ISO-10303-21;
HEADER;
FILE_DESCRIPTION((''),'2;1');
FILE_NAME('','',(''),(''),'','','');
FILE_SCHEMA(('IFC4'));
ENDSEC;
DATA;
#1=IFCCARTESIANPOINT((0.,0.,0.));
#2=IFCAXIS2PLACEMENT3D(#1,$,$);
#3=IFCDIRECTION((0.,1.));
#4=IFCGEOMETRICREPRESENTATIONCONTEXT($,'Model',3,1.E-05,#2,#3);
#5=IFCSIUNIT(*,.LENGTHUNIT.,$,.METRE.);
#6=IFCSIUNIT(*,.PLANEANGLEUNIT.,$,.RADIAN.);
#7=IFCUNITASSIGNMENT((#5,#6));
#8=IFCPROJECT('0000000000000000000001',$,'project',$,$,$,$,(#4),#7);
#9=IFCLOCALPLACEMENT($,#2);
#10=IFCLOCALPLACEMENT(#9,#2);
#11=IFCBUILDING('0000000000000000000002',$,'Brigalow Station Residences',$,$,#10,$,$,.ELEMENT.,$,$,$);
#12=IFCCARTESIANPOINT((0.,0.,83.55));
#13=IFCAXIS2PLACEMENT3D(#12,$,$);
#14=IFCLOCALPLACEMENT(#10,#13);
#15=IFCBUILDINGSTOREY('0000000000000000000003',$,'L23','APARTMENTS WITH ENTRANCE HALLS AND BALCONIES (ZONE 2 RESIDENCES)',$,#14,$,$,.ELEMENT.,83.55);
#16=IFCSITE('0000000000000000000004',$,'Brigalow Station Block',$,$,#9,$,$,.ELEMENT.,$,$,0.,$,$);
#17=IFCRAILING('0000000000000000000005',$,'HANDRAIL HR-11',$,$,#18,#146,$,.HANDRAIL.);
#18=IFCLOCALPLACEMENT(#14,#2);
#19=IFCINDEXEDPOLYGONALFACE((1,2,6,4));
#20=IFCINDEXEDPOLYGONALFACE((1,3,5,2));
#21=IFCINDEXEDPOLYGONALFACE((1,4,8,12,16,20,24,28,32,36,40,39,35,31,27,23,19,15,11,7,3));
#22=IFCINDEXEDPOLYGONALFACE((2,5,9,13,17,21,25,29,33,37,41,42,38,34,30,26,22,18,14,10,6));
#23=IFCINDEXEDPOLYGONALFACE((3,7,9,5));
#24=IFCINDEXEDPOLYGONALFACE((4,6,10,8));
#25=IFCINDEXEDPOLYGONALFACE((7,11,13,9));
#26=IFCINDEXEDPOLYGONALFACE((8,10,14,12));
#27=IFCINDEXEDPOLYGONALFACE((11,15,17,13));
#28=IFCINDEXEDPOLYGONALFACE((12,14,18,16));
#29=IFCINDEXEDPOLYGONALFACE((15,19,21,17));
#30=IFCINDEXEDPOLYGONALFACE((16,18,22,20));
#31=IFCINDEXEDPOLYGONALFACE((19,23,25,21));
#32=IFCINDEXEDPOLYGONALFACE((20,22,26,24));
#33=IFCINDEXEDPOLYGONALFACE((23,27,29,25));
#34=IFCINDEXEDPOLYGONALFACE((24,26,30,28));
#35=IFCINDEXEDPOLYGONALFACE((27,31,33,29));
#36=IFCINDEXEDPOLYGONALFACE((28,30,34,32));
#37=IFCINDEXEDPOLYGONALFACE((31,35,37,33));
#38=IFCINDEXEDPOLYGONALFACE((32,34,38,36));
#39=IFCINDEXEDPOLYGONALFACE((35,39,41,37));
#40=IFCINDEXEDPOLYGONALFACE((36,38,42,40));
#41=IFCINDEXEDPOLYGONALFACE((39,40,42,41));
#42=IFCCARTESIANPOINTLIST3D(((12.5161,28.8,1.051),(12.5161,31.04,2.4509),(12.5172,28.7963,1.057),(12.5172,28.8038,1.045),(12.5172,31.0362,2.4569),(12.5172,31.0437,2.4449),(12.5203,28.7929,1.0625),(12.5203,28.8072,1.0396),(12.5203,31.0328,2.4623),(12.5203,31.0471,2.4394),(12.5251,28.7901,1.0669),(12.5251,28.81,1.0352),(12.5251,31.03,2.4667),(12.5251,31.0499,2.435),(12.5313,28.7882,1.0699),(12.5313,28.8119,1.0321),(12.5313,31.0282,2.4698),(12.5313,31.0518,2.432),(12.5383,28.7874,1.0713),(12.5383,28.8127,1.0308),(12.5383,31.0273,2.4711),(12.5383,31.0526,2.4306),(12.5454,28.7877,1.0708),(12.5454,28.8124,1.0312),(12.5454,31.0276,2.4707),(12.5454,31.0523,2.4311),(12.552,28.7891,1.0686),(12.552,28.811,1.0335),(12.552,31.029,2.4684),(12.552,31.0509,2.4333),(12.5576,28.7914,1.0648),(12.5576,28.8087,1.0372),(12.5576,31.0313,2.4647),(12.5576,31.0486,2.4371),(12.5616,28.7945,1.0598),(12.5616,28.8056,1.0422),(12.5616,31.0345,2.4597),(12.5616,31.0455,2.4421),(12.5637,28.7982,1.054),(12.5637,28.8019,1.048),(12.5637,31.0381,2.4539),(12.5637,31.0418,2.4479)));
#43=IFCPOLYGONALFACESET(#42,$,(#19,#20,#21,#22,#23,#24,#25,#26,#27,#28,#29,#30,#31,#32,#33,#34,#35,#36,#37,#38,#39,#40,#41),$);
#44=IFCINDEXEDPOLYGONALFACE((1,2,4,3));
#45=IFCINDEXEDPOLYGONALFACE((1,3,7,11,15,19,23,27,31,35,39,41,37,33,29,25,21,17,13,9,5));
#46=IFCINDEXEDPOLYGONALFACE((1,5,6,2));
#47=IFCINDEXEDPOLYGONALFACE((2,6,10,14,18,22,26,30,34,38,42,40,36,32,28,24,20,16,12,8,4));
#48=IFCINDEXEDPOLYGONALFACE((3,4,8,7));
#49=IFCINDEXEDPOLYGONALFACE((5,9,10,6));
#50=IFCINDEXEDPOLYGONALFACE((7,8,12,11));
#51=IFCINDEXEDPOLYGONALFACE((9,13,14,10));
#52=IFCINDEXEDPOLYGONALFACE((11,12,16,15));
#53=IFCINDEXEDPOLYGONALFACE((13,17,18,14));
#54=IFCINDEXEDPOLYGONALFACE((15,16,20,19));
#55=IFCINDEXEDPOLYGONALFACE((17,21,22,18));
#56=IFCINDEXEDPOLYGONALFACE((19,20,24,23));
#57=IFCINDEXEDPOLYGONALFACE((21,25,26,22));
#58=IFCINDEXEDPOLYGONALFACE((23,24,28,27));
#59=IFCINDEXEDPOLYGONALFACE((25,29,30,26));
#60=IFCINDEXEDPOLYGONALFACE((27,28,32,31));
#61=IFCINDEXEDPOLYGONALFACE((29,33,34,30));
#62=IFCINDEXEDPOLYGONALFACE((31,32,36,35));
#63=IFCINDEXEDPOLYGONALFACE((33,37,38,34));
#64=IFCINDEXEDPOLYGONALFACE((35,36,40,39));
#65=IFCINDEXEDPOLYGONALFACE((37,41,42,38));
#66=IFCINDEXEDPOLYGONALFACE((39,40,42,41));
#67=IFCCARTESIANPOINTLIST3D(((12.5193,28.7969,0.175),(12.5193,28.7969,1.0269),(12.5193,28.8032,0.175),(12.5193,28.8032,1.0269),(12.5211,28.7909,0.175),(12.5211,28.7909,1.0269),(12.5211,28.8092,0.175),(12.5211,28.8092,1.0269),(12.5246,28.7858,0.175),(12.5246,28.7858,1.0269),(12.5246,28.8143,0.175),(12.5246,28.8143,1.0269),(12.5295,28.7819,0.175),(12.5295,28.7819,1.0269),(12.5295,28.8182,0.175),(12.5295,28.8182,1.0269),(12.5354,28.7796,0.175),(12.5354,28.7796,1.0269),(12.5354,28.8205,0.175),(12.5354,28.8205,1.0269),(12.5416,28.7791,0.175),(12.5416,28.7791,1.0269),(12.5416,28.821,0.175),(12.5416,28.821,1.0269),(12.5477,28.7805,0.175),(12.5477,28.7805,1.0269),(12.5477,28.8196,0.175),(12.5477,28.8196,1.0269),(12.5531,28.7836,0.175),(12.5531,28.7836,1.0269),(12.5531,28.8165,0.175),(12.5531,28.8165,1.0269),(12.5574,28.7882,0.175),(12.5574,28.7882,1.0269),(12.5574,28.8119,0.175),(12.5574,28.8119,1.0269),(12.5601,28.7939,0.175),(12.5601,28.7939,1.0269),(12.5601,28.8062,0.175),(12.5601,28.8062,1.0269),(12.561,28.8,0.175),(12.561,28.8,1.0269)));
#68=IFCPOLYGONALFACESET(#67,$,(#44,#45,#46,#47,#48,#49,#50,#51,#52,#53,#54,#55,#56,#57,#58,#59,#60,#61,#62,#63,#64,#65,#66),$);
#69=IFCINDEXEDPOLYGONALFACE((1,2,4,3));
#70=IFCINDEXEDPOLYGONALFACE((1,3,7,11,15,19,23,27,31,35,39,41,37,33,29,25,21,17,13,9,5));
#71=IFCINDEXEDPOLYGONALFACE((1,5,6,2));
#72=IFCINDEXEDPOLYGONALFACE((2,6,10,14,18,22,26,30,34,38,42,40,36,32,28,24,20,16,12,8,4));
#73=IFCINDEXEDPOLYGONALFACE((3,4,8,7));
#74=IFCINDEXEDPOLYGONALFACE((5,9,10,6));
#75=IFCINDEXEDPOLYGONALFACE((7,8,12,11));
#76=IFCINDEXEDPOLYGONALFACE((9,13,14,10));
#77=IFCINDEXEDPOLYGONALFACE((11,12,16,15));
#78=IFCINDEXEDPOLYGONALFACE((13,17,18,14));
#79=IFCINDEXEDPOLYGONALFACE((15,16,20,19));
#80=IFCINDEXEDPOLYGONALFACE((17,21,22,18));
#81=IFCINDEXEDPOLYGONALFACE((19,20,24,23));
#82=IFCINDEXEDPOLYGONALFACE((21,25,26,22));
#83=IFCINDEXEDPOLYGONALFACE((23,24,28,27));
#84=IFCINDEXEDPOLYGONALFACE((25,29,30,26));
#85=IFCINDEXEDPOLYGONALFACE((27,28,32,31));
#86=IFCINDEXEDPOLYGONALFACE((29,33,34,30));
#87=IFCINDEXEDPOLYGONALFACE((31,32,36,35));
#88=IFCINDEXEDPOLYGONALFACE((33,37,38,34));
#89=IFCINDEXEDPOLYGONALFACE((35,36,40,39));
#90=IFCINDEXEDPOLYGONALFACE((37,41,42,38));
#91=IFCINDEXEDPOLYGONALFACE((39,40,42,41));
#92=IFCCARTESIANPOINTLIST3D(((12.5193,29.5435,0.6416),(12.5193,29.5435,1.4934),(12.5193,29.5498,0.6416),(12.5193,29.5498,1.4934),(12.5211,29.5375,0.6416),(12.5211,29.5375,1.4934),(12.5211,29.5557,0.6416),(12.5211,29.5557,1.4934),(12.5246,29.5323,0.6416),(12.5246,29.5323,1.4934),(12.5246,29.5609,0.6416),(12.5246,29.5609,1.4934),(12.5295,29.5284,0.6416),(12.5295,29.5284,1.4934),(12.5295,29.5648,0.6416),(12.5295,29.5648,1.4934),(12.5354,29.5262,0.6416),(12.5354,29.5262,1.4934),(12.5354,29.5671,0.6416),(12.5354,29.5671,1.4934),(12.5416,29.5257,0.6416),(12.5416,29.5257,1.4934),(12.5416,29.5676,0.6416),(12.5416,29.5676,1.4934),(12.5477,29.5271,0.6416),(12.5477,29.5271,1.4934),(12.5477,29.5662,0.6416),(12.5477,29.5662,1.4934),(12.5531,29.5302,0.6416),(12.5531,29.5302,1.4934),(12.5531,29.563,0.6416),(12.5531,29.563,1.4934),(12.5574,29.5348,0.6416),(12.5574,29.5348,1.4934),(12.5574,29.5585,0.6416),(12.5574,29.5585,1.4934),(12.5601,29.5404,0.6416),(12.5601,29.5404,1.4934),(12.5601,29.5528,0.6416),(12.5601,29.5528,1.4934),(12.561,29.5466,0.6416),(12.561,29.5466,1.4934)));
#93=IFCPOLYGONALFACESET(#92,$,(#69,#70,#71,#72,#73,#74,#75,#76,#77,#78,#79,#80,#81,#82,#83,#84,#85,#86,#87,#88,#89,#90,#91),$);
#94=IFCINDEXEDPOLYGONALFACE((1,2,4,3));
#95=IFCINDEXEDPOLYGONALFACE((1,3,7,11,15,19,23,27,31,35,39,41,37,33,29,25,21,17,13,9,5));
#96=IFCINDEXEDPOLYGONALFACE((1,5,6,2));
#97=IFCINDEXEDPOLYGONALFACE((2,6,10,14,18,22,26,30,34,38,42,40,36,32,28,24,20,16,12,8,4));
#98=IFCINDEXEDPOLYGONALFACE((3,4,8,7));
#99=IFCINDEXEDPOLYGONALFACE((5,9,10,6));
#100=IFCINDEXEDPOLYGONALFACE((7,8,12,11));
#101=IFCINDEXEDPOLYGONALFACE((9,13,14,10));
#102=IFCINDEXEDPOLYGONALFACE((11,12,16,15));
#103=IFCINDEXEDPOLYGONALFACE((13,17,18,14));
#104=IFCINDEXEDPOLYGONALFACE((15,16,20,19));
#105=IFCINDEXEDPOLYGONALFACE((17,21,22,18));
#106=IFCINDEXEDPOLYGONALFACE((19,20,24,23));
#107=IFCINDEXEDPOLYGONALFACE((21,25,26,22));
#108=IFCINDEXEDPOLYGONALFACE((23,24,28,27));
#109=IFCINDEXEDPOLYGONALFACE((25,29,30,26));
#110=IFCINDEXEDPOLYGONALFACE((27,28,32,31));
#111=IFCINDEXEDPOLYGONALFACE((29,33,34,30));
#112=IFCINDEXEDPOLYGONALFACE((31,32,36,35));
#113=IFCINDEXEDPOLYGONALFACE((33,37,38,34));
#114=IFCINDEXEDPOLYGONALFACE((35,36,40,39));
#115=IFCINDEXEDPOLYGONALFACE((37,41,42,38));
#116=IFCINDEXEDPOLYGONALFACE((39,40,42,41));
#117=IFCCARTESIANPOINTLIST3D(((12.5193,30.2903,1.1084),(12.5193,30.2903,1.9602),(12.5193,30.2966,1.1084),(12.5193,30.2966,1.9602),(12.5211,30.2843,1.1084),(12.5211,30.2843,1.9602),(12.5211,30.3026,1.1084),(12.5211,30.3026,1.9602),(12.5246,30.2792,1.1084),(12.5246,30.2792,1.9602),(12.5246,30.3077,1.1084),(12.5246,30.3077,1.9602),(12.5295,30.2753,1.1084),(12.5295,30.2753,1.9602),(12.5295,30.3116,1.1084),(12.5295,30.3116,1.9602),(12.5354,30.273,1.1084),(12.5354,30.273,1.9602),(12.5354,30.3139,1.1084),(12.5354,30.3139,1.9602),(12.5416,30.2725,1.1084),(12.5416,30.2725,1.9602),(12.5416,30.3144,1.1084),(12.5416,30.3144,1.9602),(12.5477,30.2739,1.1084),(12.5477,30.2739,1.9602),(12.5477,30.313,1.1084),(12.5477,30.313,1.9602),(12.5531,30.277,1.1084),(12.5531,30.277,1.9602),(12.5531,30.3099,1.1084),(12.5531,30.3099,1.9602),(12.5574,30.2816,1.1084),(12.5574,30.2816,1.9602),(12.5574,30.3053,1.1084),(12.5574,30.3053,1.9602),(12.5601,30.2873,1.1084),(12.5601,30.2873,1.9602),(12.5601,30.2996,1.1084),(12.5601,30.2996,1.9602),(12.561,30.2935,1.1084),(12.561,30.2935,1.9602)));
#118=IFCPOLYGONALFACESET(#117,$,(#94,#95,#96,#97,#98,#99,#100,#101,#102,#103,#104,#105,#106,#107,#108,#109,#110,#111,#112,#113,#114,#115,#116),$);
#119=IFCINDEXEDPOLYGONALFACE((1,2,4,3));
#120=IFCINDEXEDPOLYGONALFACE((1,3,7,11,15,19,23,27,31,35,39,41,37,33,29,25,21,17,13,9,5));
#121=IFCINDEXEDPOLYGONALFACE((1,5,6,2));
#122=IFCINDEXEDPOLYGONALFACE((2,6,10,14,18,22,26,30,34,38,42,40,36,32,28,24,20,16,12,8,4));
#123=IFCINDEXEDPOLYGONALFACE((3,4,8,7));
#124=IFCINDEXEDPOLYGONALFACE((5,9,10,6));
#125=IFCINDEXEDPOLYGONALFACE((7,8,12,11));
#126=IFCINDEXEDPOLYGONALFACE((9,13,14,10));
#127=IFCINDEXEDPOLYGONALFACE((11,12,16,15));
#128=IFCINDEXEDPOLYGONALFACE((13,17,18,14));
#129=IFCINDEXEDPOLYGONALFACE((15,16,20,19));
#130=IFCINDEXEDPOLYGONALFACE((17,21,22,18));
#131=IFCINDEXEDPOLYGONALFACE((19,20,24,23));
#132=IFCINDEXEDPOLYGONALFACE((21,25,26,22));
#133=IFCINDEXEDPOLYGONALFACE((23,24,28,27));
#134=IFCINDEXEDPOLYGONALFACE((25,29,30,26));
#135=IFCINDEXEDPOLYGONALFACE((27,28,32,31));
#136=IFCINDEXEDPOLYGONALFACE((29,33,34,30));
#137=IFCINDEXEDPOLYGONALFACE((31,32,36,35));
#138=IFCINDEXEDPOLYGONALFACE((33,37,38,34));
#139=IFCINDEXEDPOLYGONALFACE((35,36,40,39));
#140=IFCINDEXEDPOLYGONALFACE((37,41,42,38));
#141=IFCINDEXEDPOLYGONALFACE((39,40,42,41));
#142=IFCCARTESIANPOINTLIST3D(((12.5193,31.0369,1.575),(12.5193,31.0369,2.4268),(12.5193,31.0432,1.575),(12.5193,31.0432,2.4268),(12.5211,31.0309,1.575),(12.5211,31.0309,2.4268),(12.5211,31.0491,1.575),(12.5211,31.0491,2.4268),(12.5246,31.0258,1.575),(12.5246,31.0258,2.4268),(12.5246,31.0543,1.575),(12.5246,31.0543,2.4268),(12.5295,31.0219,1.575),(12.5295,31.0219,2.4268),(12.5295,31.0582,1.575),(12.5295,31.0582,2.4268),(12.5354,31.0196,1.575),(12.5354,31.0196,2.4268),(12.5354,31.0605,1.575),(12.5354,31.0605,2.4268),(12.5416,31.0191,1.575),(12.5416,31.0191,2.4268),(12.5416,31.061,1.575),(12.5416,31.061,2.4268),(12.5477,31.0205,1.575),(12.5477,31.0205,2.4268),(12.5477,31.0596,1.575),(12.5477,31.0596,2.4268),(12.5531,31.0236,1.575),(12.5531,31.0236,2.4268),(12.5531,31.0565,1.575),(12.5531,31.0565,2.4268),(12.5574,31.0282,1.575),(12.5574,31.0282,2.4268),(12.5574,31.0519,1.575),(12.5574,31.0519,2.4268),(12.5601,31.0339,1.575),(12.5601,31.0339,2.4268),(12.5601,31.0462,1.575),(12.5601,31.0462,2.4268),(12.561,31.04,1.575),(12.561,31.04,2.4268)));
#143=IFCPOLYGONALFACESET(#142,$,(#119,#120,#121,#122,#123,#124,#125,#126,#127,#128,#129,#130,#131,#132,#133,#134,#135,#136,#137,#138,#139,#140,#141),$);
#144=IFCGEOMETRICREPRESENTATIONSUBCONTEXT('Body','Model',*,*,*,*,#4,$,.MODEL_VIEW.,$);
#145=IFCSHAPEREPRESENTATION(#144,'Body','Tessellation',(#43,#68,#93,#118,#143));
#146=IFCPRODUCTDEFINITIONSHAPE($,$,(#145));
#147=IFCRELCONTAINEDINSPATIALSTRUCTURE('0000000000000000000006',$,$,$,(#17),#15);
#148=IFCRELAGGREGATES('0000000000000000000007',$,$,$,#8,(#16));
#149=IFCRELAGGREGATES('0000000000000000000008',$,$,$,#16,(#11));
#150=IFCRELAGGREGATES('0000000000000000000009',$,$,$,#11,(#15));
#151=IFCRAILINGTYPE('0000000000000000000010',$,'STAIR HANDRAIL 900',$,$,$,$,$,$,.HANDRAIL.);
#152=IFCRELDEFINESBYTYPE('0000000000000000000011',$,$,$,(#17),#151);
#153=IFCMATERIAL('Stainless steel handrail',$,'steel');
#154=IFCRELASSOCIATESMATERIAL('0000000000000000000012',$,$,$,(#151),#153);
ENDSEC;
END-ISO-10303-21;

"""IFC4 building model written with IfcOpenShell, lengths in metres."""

from ifc_helpers import new_model, si_unit, direction, frame, origin, origin_2d, place, context, subcontext, project, spatial, circle, extrude, material, type_object, element, save


model = new_model("IFC4")

# Units and contexts
model_context = context("Model", 3, precision=1e-05, world=origin(), true_north=direction((0.0, 1.0)))
body_context = subcontext(model_context, "Body", "Model", "MODEL_VIEW")
ifc_project = project(units=[si_unit("LENGTHUNIT", "METRE"), si_unit("PLANEANGLEUNIT", "RADIAN")], contexts=[model_context])

# Site, building, storey
site_placement = place(None, origin())
site = spatial("IfcSite", under=ifc_project, at=site_placement, Name="Brigalow Station Block", CompositionType="ELEMENT", RefElevation=0.0)
building_placement = place(site_placement, origin())
building = spatial("IfcBuilding", under=site, at=building_placement, Name="Brigalow Station Residences", CompositionType="ELEMENT")
storey_placement = place(building_placement, frame((0.0, 0.0, 83.55)))
storey = spatial("IfcBuildingStorey", under=building, at=storey_placement, Name="L23", Description="APARTMENTS WITH ENTRANCE HALLS AND BALCONIES (ZONE 2 RESIDENCES)", CompositionType="ELEMENT", Elevation=83.55)

# Railing
ifc_material_1 = material(Name="Stainless steel handrail", Category="steel")
railing_type_1 = type_object("IfcRailingType", Name="STAIR HANDRAIL 900", PredefinedType="HANDRAIL", material=ifc_material_1)
railing_1_placement = place(storey_placement, frame((12.54, 28.8, 0.175)))
element("IfcRailing", 1, at=railing_1_placement, inside=storey, type_object=railing_type_1, Name="HANDRAIL HR-11", PredefinedType="HANDRAIL", context=body_context, shape_type="SweptSolid", body=[
    extrude(circle(Radius=0.0239, at=origin_2d()), frame((0.0, 0.0, 0.876), z_axis=(0.0, 0.848014, 0.529974), x_axis=(-1.0, 0.0, 0.0)), (0.0, 0.0, 1.0), 2.6414),
    extrude(circle(Radius=0.021, at=origin_2d()), origin(), (0.0, 0.0, 1.0), 0.8518),
    extrude(circle(Radius=0.021, at=origin_2d()), frame((0.0, 0.7466, 0.4666)), (0.0, 0.0, 1.0), 0.8518),
    extrude(circle(Radius=0.021, at=origin_2d()), frame((0.0, 1.4934, 0.9333)), (0.0, 0.0, 1.0), 0.8518),
    extrude(circle(Radius=0.021, at=origin_2d()), frame((0.0, 2.24, 1.3999)), (0.0, 0.0, 1.0), 0.8518),
])

save(model, "model.ifc")
